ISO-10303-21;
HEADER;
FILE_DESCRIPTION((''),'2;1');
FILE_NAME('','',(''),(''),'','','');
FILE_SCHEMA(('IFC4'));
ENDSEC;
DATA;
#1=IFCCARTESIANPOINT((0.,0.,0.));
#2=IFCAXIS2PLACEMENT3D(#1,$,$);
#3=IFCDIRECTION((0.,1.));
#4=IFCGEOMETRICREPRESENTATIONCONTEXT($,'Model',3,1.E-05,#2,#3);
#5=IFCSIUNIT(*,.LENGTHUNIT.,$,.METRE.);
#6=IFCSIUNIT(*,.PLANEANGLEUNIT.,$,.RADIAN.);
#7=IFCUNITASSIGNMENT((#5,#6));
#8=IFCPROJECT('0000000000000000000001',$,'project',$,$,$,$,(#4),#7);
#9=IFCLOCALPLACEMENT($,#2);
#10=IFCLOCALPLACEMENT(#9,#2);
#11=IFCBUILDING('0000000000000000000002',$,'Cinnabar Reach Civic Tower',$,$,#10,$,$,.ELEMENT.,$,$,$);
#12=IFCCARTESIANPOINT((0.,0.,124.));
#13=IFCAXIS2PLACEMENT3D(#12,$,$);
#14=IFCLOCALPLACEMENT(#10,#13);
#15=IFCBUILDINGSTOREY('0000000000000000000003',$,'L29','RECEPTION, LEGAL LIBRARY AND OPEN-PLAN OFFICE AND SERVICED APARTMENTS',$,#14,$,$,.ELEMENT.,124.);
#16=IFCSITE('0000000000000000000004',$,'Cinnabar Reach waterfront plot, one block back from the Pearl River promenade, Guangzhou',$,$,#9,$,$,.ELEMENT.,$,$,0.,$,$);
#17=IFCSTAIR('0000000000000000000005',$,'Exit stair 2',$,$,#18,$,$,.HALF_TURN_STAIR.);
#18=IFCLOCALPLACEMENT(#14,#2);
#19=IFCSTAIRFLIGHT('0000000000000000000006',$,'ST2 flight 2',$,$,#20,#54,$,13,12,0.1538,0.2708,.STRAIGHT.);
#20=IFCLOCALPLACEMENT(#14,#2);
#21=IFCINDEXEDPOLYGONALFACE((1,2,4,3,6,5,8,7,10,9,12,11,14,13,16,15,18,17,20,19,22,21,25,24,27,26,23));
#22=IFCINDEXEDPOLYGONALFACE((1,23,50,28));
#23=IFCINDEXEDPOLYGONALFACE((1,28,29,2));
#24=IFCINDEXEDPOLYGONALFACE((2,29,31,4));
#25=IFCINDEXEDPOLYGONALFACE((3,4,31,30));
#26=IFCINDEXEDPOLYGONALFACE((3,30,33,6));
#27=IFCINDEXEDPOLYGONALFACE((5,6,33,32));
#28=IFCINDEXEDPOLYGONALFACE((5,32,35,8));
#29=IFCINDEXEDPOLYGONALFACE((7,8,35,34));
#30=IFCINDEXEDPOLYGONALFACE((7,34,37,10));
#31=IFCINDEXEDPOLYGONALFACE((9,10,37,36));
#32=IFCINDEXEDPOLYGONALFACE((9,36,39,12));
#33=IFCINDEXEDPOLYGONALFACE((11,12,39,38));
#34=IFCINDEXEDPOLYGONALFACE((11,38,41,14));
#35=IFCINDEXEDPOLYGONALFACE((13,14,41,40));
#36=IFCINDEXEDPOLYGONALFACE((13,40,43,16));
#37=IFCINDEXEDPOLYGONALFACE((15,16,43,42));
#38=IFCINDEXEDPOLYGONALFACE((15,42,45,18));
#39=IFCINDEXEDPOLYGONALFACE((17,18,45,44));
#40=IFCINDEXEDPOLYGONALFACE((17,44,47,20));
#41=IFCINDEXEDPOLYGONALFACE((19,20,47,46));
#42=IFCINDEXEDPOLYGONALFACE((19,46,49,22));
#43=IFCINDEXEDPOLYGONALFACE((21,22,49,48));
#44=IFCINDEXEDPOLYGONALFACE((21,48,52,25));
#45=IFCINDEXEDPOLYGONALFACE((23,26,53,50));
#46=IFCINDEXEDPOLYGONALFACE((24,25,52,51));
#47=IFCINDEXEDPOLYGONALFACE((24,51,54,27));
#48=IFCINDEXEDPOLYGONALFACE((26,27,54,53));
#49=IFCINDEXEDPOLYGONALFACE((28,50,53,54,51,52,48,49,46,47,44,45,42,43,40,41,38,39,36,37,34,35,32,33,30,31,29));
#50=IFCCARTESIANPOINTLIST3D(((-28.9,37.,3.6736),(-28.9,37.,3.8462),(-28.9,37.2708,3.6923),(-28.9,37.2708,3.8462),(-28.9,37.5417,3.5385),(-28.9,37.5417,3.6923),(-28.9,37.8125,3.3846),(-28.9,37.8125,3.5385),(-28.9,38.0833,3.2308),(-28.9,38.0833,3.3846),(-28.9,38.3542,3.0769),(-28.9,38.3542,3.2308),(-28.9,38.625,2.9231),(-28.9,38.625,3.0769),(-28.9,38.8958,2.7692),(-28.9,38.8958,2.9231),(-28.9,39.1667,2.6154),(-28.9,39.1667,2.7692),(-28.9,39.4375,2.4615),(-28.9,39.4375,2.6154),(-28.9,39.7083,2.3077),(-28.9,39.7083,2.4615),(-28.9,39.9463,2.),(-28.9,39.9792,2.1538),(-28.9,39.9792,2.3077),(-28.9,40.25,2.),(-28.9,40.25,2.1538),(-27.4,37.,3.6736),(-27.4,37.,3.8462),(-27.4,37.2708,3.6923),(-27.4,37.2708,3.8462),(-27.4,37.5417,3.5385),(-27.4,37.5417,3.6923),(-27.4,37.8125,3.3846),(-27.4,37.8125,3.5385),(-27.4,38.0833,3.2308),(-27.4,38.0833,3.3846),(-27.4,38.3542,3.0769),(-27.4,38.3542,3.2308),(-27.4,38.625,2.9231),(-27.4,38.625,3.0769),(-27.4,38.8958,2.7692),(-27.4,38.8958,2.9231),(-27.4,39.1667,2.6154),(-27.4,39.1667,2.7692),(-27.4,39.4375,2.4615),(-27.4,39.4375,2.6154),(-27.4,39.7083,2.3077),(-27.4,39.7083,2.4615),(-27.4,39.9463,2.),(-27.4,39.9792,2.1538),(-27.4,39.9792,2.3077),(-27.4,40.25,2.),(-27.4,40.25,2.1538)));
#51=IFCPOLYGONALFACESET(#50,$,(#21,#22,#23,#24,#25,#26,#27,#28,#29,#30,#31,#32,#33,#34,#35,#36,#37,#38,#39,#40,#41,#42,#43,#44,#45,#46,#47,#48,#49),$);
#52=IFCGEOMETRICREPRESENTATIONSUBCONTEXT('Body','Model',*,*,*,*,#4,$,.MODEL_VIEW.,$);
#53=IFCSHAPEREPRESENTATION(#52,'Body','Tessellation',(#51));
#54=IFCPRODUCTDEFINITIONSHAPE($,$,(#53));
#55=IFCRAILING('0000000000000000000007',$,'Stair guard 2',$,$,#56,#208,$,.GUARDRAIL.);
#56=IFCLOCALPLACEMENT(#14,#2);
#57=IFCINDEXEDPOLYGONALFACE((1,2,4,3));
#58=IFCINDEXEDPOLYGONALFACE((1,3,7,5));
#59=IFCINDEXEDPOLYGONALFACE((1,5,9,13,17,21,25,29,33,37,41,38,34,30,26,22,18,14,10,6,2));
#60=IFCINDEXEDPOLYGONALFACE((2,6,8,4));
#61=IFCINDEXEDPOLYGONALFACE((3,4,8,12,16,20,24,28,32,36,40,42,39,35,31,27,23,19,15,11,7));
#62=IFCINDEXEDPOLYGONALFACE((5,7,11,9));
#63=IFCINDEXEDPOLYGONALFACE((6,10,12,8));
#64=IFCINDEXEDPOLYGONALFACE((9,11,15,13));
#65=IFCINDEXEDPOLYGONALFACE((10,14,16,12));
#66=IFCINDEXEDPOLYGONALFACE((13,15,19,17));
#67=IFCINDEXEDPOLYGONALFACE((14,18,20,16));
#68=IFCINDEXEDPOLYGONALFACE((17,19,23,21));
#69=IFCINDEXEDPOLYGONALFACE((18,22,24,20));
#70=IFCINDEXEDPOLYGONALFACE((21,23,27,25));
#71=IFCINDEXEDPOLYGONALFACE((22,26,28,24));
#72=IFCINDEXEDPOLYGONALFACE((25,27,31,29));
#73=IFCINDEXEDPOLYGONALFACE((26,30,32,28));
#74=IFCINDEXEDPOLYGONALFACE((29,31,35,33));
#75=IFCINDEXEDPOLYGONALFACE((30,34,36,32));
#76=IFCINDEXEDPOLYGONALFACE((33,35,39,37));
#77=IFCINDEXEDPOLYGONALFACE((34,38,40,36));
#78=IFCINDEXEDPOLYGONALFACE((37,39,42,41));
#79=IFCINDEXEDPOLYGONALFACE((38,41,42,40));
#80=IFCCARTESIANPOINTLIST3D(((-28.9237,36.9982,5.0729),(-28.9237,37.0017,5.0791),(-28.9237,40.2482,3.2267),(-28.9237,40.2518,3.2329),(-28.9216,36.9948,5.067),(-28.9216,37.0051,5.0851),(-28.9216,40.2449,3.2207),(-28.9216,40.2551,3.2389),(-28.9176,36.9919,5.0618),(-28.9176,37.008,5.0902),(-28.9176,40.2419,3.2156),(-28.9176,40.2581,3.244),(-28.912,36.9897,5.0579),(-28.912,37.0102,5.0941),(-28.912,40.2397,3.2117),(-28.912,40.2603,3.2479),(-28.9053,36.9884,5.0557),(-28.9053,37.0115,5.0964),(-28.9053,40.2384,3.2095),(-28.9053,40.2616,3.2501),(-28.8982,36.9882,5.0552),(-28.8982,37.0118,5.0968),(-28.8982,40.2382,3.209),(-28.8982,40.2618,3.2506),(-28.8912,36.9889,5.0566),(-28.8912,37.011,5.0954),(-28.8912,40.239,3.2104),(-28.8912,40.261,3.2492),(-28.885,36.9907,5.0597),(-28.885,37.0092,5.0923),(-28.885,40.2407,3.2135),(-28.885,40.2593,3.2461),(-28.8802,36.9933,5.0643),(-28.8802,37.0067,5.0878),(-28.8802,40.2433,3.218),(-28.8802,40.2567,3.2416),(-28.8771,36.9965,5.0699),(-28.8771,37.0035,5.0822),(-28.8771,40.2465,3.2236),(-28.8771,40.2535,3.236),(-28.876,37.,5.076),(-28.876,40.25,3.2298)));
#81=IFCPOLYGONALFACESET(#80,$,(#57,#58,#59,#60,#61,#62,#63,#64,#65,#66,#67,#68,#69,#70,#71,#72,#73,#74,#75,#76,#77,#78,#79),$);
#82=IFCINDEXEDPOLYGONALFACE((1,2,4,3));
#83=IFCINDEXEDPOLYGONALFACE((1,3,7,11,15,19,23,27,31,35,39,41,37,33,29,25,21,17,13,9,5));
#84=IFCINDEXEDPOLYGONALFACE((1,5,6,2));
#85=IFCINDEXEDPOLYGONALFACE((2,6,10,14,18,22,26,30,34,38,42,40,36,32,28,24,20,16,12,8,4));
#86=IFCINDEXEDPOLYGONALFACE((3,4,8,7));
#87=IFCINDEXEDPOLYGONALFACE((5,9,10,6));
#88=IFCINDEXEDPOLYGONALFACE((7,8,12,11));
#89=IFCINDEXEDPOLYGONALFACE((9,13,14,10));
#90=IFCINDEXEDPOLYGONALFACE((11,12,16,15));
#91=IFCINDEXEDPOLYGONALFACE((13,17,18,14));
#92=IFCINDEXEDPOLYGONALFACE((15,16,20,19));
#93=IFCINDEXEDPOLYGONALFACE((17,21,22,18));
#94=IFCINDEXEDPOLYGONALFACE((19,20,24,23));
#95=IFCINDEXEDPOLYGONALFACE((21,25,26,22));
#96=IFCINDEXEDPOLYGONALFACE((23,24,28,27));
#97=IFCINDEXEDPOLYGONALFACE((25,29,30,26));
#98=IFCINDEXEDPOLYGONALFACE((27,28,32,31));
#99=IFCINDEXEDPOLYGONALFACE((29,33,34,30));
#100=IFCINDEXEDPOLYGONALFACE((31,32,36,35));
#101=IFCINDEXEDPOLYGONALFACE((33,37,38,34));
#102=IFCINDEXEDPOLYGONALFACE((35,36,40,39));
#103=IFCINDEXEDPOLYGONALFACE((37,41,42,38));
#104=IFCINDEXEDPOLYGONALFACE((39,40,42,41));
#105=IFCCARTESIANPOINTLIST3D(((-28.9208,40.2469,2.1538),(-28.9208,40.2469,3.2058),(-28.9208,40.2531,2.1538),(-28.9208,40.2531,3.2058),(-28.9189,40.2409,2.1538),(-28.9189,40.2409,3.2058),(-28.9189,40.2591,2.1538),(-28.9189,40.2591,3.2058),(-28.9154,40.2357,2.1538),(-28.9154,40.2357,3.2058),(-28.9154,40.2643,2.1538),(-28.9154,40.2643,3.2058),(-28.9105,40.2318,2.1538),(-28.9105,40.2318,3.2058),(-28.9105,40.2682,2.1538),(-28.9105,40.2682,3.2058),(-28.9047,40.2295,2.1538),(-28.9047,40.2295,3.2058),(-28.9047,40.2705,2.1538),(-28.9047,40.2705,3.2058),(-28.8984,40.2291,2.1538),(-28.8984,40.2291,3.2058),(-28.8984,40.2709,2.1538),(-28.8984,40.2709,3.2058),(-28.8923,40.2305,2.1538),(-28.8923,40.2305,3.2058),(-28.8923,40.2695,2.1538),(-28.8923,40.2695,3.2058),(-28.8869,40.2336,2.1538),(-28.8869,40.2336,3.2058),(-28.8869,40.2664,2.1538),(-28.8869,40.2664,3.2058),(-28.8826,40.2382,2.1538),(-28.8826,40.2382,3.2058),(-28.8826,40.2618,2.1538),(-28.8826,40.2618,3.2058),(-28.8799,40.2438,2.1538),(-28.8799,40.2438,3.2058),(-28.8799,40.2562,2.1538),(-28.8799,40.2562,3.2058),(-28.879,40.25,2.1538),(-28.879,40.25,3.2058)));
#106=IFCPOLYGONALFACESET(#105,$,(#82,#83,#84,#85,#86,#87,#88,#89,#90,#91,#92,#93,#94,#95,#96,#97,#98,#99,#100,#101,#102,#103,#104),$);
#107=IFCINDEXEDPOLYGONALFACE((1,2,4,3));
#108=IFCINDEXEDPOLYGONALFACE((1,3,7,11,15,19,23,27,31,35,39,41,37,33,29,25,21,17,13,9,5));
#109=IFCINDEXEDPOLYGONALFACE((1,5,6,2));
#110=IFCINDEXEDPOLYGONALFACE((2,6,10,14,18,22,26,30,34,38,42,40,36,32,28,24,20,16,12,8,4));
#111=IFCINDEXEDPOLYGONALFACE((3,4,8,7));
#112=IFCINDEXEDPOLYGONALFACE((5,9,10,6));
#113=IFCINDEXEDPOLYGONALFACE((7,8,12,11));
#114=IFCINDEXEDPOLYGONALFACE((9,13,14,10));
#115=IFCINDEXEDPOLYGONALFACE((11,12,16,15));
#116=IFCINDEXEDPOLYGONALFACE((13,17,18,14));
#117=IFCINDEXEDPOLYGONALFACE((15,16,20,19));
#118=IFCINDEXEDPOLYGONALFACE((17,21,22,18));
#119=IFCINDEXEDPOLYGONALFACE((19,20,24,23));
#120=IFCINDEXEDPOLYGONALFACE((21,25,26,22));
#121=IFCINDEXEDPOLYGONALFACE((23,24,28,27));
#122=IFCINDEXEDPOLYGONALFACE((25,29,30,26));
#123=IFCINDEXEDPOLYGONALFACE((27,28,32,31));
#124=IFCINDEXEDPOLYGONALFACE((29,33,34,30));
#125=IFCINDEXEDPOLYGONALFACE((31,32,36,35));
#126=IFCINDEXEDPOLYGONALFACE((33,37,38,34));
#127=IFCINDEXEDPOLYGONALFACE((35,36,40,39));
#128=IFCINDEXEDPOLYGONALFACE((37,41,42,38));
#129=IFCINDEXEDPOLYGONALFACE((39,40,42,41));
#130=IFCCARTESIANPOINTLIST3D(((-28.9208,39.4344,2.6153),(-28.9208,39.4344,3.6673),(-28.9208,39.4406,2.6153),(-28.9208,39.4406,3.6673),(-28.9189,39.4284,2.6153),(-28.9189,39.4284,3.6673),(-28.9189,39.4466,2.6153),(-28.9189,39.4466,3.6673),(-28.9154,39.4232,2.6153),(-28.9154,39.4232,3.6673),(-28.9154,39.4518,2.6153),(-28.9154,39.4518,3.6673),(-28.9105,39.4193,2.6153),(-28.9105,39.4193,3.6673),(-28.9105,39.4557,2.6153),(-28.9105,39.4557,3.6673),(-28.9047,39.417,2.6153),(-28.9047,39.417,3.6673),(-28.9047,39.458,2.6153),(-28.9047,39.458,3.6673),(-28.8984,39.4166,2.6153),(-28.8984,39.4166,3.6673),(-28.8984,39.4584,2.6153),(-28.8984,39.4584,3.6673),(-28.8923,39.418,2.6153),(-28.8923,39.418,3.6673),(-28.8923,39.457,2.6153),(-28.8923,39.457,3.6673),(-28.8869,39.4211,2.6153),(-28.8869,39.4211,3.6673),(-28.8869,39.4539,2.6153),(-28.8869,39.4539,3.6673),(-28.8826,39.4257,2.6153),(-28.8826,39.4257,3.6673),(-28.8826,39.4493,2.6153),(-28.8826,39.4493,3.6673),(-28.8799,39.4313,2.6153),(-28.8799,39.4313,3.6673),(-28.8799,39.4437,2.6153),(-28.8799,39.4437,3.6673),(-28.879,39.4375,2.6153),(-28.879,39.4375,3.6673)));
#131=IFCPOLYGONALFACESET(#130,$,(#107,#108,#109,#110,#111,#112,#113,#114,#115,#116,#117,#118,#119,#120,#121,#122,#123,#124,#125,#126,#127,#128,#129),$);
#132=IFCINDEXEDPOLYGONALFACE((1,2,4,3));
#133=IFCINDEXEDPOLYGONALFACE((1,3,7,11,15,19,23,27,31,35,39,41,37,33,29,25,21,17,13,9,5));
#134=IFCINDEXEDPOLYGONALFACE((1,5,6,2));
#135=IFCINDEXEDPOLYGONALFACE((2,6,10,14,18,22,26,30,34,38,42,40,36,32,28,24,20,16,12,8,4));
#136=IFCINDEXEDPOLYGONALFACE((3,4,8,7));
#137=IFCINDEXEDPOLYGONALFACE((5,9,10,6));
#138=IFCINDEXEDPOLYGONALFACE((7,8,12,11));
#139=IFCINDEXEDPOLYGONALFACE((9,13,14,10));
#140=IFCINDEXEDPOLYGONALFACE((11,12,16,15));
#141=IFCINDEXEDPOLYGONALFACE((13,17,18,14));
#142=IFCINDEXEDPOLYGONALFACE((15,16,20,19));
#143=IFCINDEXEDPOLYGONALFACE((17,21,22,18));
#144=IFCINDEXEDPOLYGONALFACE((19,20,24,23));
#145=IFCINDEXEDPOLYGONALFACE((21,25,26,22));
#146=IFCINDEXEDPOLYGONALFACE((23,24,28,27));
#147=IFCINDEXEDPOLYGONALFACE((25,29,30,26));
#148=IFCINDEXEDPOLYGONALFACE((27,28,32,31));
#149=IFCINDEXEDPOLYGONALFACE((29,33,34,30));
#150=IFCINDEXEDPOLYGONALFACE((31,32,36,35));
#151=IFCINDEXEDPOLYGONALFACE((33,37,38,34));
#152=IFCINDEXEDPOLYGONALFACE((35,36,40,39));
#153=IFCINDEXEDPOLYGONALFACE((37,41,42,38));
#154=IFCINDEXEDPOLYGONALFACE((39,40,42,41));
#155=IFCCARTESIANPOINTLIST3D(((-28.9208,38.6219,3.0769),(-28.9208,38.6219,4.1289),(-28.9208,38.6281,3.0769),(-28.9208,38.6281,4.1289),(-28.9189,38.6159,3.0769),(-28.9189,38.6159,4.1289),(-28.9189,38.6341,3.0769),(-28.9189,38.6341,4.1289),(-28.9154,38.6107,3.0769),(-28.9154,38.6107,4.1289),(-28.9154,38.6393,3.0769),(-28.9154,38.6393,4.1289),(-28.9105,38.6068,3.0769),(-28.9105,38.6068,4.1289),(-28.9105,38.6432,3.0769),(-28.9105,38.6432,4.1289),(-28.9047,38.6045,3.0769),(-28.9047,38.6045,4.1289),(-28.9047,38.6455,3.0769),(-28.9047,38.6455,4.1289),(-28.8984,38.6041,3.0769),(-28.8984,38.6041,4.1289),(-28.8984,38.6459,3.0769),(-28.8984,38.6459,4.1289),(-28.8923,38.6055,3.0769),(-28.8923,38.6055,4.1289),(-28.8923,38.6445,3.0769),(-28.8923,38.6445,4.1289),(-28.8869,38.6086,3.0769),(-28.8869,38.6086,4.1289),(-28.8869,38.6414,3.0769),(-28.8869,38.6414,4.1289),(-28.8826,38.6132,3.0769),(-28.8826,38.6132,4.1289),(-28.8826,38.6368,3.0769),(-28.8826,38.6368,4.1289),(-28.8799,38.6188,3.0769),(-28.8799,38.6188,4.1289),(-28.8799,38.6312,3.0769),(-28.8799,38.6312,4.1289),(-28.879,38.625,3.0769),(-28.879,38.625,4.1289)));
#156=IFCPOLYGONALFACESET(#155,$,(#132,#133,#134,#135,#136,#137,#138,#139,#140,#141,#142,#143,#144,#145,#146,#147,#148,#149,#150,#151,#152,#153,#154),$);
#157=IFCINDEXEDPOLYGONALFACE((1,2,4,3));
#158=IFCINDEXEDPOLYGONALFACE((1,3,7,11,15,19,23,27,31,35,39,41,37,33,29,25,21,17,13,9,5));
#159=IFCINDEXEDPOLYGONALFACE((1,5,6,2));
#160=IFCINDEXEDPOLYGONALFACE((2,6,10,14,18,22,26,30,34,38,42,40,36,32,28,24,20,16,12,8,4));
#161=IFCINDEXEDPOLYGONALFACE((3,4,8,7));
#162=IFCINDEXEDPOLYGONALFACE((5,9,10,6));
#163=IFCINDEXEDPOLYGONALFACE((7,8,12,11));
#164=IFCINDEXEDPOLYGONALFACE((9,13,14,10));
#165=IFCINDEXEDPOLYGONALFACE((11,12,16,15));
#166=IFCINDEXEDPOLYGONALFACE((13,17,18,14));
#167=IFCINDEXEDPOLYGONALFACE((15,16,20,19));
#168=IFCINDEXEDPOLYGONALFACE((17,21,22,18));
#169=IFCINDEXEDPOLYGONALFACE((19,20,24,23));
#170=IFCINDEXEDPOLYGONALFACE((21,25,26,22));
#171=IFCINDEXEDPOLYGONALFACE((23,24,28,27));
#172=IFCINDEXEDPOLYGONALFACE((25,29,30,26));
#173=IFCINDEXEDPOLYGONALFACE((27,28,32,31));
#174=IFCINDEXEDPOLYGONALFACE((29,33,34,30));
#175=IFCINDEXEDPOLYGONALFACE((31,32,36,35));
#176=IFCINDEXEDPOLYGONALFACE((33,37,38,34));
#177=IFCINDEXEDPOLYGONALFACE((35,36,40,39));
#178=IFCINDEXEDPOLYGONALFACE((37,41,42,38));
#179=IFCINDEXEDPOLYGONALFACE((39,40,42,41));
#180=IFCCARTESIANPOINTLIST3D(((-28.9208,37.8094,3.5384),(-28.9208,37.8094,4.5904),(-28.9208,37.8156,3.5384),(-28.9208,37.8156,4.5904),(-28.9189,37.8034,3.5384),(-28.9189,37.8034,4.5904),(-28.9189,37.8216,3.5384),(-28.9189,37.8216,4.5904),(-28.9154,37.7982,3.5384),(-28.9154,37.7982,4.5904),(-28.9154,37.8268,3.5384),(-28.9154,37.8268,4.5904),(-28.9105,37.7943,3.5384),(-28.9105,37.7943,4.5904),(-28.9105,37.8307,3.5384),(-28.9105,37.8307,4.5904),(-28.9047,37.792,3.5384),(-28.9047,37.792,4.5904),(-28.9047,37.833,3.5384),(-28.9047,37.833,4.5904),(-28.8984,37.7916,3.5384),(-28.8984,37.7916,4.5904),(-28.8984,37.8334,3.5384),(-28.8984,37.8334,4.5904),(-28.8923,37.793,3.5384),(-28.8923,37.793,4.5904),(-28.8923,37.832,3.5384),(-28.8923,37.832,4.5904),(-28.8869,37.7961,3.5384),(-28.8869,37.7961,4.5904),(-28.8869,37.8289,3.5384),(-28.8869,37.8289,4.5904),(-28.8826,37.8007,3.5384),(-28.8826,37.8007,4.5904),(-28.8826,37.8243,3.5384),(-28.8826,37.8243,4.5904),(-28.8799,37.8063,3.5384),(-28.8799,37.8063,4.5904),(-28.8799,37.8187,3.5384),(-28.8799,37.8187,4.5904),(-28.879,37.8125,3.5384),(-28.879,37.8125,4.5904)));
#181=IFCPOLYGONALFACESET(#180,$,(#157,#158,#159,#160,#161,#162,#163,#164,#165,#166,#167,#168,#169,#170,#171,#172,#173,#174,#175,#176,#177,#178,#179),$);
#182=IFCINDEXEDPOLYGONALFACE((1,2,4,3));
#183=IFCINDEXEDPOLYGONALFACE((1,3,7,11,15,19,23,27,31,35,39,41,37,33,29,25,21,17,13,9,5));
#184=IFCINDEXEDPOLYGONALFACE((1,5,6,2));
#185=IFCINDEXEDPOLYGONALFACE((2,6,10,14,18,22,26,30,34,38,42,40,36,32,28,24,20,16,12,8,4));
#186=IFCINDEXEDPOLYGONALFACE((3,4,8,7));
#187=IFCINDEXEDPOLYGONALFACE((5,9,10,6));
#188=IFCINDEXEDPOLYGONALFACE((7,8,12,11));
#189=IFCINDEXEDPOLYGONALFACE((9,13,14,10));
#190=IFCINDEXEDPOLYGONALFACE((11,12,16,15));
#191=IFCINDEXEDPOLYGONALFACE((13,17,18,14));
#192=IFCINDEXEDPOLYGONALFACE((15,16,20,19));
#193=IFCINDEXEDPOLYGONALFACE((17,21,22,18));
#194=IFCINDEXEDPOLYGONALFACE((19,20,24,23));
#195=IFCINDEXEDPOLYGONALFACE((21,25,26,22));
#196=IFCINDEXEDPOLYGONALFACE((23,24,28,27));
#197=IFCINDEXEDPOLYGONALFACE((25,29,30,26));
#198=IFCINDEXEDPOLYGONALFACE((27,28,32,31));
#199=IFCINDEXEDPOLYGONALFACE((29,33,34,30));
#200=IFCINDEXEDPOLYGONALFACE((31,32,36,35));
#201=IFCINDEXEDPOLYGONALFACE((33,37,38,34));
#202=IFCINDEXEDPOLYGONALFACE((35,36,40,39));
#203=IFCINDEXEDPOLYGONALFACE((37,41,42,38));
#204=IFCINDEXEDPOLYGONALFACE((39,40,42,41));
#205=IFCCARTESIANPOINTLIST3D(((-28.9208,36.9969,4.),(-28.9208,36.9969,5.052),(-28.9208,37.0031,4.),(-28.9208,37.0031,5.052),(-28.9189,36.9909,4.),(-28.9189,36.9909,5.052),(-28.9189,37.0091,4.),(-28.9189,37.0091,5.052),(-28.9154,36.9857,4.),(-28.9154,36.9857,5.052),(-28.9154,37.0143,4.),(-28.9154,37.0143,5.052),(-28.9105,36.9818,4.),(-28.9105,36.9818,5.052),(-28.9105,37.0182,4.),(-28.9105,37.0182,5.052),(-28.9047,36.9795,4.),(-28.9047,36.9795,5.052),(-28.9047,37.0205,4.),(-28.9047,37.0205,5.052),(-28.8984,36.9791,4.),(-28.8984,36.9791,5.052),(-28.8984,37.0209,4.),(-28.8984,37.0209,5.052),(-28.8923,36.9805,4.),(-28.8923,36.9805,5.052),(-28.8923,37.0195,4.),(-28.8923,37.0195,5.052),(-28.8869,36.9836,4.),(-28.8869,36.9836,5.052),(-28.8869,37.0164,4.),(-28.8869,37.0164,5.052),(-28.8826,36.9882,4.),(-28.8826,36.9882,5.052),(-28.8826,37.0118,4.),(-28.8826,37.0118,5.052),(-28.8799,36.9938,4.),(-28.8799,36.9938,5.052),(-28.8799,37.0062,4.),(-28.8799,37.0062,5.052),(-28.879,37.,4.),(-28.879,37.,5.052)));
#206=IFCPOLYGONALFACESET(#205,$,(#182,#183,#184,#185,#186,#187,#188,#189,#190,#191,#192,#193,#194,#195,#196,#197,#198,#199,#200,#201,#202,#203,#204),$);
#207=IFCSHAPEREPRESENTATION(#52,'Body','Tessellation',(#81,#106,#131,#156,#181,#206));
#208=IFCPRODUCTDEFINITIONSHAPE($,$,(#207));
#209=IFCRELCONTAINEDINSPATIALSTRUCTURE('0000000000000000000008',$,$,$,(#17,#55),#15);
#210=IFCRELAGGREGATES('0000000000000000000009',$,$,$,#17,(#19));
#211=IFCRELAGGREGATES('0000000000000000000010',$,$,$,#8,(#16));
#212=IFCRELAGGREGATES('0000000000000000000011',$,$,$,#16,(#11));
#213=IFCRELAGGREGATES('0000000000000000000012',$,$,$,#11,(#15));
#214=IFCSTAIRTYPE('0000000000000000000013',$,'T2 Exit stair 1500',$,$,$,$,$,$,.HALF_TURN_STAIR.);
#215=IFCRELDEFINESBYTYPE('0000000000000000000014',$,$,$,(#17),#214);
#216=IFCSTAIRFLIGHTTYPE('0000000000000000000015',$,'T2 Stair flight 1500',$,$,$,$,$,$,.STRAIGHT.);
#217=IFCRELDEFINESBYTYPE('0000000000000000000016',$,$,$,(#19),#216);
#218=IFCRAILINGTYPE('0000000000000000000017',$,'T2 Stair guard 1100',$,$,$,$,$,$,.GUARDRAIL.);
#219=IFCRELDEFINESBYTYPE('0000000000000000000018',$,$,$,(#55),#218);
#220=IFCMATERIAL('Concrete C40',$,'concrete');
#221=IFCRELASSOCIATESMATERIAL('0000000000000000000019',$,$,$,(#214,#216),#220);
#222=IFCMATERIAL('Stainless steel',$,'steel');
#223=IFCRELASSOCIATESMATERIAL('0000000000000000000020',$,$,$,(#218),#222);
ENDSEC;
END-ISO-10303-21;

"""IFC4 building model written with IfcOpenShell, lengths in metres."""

from ifc_helpers import new_model, si_unit, direction, frame, origin, origin_2d, place, context, subcontext, project, spatial, polyline, circle, outline, extrude, material, type_object, element, aggregate, save


model = new_model("IFC4")

# Units and contexts
model_context = context("Model", 3, precision=1e-05, world=origin(), true_north=direction((0.0, 1.0)))
body_context = subcontext(model_context, "Body", "Model", "MODEL_VIEW")
ifc_project = project(units=[si_unit("LENGTHUNIT", "METRE"), si_unit("PLANEANGLEUNIT", "RADIAN")], contexts=[model_context])

# Site, building, storey
site_placement = place(None, origin())
site = spatial("IfcSite", under=ifc_project, at=site_placement, Name="Cinnabar Reach waterfront plot, one block back from the Pearl River promenade, Guangzhou", CompositionType="ELEMENT", RefElevation=0.0)
building_placement = place(site_placement, origin())
building = spatial("IfcBuilding", under=site, at=building_placement, Name="Cinnabar Reach Civic Tower", CompositionType="ELEMENT")
storey_placement = place(building_placement, frame((0.0, 0.0, 124.0)))
storey = spatial("IfcBuildingStorey", under=building, at=storey_placement, Name="L29", Description="RECEPTION, LEGAL LIBRARY AND OPEN-PLAN OFFICE AND SERVICED APARTMENTS", CompositionType="ELEMENT", Elevation=124.0)

# Shared definitions
ifc_material_1 = material(Name="Concrete C40", Category="concrete")

# Stair, stair flight
stair_type = type_object("IfcStairType", Name="T2 Exit stair 1500", PredefinedType="HALF_TURN_STAIR", material=ifc_material_1)
stair_placement = place(storey_placement, origin())
stair = element("IfcStair", 1, at=stair_placement, inside=storey, type_object=stair_type, Name="Exit stair 2", PredefinedType="HALF_TURN_STAIR")
stair_flight_type = type_object("IfcStairFlightType", Name="T2 Stair flight 1500", PredefinedType="STRAIGHT", material=ifc_material_1)
stair_flight_placement = place(storey_placement, frame((-28.15, 40.25, 2.0), z_axis=(0.0, 0.0, 1.0), x_axis=(0.0, -1.0, 0.0)))
stair_flight = element("IfcStairFlight", 2, at=stair_flight_placement, type_object=stair_flight_type, Name="ST2 flight 2", NumberOfRisers=13, NumberOfTreads=12, PredefinedType="STRAIGHT", RiserHeight=0.1538, TreadLength=0.2708, context=body_context, shape_type="SweptSolid", body=[
    extrude(outline(polyline([(0.0, 0.0), (0.0, 0.1538), (0.2708, 0.1538), (0.2708, 0.3077), (0.5417, 0.3077), (0.5417, 0.4615), (0.8125, 0.4615), (0.8125, 0.6154), (1.0833, 0.6154), (1.0833, 0.7692), (1.3542, 0.7692), (1.3542, 0.9231), (1.625, 0.9231), (1.625, 1.0769), (1.8958, 1.0769), (1.8958, 1.2308), (2.1667, 1.2308), (2.1667, 1.3846), (2.4375, 1.3846), (2.4375, 1.5385), (2.7083, 1.5385), (2.7083, 1.6923), (2.9792, 1.6923), (2.9792, 1.8462), (3.25, 1.8462), (3.25, 2.0), (3.25, 1.6736), (0.3037, 0.0), (0.0, 0.0)])), frame((0.0, 0.75, 0.0), z_axis=(0.0, -1.0, 0.0), x_axis=(1.0, 0.0, 0.0)), (0.0, 0.0, 1.0), 1.5),
])
aggregate(stair, [stair_flight])

# Railing
ifc_material_2 = material(Name="Stainless steel", Category="steel")
railing_type = type_object("IfcRailingType", Name="T2 Stair guard 1100", PredefinedType="GUARDRAIL", material=ifc_material_2)
railing_1_placement = place(storey_placement, frame((-28.9, 40.25, 2.1538)))
element("IfcRailing", 3, at=railing_1_placement, inside=storey, type_object=railing_type, Name="Stair guard 2", PredefinedType="GUARDRAIL", context=body_context, shape_type="SweptSolid", body=[
    extrude(circle(Radius=0.024, at=origin_2d()), frame((0.0, 0.0, 1.076), z_axis=(0.0, -0.869501, 0.49393), x_axis=(1.0, 0.0, 0.0)), (0.0, 0.0, 1.0), 3.7378),
    extrude(circle(Radius=0.021, at=origin_2d()), origin(), (0.0, 0.0, 1.0), 1.052),
    extrude(circle(Radius=0.021, at=origin_2d()), frame((0.0, -0.8125, 0.4615)), (0.0, 0.0, 1.0), 1.052),
    extrude(circle(Radius=0.021, at=origin_2d()), frame((0.0, -1.625, 0.9231)), (0.0, 0.0, 1.0), 1.052),
    extrude(circle(Radius=0.021, at=origin_2d()), frame((0.0, -2.4375, 1.3846)), (0.0, 0.0, 1.0), 1.052),
    extrude(circle(Radius=0.021, at=origin_2d()), frame((0.0, -3.25, 1.8462)), (0.0, 0.0, 1.0), 1.052),
])

save(model, "model.ifc")
